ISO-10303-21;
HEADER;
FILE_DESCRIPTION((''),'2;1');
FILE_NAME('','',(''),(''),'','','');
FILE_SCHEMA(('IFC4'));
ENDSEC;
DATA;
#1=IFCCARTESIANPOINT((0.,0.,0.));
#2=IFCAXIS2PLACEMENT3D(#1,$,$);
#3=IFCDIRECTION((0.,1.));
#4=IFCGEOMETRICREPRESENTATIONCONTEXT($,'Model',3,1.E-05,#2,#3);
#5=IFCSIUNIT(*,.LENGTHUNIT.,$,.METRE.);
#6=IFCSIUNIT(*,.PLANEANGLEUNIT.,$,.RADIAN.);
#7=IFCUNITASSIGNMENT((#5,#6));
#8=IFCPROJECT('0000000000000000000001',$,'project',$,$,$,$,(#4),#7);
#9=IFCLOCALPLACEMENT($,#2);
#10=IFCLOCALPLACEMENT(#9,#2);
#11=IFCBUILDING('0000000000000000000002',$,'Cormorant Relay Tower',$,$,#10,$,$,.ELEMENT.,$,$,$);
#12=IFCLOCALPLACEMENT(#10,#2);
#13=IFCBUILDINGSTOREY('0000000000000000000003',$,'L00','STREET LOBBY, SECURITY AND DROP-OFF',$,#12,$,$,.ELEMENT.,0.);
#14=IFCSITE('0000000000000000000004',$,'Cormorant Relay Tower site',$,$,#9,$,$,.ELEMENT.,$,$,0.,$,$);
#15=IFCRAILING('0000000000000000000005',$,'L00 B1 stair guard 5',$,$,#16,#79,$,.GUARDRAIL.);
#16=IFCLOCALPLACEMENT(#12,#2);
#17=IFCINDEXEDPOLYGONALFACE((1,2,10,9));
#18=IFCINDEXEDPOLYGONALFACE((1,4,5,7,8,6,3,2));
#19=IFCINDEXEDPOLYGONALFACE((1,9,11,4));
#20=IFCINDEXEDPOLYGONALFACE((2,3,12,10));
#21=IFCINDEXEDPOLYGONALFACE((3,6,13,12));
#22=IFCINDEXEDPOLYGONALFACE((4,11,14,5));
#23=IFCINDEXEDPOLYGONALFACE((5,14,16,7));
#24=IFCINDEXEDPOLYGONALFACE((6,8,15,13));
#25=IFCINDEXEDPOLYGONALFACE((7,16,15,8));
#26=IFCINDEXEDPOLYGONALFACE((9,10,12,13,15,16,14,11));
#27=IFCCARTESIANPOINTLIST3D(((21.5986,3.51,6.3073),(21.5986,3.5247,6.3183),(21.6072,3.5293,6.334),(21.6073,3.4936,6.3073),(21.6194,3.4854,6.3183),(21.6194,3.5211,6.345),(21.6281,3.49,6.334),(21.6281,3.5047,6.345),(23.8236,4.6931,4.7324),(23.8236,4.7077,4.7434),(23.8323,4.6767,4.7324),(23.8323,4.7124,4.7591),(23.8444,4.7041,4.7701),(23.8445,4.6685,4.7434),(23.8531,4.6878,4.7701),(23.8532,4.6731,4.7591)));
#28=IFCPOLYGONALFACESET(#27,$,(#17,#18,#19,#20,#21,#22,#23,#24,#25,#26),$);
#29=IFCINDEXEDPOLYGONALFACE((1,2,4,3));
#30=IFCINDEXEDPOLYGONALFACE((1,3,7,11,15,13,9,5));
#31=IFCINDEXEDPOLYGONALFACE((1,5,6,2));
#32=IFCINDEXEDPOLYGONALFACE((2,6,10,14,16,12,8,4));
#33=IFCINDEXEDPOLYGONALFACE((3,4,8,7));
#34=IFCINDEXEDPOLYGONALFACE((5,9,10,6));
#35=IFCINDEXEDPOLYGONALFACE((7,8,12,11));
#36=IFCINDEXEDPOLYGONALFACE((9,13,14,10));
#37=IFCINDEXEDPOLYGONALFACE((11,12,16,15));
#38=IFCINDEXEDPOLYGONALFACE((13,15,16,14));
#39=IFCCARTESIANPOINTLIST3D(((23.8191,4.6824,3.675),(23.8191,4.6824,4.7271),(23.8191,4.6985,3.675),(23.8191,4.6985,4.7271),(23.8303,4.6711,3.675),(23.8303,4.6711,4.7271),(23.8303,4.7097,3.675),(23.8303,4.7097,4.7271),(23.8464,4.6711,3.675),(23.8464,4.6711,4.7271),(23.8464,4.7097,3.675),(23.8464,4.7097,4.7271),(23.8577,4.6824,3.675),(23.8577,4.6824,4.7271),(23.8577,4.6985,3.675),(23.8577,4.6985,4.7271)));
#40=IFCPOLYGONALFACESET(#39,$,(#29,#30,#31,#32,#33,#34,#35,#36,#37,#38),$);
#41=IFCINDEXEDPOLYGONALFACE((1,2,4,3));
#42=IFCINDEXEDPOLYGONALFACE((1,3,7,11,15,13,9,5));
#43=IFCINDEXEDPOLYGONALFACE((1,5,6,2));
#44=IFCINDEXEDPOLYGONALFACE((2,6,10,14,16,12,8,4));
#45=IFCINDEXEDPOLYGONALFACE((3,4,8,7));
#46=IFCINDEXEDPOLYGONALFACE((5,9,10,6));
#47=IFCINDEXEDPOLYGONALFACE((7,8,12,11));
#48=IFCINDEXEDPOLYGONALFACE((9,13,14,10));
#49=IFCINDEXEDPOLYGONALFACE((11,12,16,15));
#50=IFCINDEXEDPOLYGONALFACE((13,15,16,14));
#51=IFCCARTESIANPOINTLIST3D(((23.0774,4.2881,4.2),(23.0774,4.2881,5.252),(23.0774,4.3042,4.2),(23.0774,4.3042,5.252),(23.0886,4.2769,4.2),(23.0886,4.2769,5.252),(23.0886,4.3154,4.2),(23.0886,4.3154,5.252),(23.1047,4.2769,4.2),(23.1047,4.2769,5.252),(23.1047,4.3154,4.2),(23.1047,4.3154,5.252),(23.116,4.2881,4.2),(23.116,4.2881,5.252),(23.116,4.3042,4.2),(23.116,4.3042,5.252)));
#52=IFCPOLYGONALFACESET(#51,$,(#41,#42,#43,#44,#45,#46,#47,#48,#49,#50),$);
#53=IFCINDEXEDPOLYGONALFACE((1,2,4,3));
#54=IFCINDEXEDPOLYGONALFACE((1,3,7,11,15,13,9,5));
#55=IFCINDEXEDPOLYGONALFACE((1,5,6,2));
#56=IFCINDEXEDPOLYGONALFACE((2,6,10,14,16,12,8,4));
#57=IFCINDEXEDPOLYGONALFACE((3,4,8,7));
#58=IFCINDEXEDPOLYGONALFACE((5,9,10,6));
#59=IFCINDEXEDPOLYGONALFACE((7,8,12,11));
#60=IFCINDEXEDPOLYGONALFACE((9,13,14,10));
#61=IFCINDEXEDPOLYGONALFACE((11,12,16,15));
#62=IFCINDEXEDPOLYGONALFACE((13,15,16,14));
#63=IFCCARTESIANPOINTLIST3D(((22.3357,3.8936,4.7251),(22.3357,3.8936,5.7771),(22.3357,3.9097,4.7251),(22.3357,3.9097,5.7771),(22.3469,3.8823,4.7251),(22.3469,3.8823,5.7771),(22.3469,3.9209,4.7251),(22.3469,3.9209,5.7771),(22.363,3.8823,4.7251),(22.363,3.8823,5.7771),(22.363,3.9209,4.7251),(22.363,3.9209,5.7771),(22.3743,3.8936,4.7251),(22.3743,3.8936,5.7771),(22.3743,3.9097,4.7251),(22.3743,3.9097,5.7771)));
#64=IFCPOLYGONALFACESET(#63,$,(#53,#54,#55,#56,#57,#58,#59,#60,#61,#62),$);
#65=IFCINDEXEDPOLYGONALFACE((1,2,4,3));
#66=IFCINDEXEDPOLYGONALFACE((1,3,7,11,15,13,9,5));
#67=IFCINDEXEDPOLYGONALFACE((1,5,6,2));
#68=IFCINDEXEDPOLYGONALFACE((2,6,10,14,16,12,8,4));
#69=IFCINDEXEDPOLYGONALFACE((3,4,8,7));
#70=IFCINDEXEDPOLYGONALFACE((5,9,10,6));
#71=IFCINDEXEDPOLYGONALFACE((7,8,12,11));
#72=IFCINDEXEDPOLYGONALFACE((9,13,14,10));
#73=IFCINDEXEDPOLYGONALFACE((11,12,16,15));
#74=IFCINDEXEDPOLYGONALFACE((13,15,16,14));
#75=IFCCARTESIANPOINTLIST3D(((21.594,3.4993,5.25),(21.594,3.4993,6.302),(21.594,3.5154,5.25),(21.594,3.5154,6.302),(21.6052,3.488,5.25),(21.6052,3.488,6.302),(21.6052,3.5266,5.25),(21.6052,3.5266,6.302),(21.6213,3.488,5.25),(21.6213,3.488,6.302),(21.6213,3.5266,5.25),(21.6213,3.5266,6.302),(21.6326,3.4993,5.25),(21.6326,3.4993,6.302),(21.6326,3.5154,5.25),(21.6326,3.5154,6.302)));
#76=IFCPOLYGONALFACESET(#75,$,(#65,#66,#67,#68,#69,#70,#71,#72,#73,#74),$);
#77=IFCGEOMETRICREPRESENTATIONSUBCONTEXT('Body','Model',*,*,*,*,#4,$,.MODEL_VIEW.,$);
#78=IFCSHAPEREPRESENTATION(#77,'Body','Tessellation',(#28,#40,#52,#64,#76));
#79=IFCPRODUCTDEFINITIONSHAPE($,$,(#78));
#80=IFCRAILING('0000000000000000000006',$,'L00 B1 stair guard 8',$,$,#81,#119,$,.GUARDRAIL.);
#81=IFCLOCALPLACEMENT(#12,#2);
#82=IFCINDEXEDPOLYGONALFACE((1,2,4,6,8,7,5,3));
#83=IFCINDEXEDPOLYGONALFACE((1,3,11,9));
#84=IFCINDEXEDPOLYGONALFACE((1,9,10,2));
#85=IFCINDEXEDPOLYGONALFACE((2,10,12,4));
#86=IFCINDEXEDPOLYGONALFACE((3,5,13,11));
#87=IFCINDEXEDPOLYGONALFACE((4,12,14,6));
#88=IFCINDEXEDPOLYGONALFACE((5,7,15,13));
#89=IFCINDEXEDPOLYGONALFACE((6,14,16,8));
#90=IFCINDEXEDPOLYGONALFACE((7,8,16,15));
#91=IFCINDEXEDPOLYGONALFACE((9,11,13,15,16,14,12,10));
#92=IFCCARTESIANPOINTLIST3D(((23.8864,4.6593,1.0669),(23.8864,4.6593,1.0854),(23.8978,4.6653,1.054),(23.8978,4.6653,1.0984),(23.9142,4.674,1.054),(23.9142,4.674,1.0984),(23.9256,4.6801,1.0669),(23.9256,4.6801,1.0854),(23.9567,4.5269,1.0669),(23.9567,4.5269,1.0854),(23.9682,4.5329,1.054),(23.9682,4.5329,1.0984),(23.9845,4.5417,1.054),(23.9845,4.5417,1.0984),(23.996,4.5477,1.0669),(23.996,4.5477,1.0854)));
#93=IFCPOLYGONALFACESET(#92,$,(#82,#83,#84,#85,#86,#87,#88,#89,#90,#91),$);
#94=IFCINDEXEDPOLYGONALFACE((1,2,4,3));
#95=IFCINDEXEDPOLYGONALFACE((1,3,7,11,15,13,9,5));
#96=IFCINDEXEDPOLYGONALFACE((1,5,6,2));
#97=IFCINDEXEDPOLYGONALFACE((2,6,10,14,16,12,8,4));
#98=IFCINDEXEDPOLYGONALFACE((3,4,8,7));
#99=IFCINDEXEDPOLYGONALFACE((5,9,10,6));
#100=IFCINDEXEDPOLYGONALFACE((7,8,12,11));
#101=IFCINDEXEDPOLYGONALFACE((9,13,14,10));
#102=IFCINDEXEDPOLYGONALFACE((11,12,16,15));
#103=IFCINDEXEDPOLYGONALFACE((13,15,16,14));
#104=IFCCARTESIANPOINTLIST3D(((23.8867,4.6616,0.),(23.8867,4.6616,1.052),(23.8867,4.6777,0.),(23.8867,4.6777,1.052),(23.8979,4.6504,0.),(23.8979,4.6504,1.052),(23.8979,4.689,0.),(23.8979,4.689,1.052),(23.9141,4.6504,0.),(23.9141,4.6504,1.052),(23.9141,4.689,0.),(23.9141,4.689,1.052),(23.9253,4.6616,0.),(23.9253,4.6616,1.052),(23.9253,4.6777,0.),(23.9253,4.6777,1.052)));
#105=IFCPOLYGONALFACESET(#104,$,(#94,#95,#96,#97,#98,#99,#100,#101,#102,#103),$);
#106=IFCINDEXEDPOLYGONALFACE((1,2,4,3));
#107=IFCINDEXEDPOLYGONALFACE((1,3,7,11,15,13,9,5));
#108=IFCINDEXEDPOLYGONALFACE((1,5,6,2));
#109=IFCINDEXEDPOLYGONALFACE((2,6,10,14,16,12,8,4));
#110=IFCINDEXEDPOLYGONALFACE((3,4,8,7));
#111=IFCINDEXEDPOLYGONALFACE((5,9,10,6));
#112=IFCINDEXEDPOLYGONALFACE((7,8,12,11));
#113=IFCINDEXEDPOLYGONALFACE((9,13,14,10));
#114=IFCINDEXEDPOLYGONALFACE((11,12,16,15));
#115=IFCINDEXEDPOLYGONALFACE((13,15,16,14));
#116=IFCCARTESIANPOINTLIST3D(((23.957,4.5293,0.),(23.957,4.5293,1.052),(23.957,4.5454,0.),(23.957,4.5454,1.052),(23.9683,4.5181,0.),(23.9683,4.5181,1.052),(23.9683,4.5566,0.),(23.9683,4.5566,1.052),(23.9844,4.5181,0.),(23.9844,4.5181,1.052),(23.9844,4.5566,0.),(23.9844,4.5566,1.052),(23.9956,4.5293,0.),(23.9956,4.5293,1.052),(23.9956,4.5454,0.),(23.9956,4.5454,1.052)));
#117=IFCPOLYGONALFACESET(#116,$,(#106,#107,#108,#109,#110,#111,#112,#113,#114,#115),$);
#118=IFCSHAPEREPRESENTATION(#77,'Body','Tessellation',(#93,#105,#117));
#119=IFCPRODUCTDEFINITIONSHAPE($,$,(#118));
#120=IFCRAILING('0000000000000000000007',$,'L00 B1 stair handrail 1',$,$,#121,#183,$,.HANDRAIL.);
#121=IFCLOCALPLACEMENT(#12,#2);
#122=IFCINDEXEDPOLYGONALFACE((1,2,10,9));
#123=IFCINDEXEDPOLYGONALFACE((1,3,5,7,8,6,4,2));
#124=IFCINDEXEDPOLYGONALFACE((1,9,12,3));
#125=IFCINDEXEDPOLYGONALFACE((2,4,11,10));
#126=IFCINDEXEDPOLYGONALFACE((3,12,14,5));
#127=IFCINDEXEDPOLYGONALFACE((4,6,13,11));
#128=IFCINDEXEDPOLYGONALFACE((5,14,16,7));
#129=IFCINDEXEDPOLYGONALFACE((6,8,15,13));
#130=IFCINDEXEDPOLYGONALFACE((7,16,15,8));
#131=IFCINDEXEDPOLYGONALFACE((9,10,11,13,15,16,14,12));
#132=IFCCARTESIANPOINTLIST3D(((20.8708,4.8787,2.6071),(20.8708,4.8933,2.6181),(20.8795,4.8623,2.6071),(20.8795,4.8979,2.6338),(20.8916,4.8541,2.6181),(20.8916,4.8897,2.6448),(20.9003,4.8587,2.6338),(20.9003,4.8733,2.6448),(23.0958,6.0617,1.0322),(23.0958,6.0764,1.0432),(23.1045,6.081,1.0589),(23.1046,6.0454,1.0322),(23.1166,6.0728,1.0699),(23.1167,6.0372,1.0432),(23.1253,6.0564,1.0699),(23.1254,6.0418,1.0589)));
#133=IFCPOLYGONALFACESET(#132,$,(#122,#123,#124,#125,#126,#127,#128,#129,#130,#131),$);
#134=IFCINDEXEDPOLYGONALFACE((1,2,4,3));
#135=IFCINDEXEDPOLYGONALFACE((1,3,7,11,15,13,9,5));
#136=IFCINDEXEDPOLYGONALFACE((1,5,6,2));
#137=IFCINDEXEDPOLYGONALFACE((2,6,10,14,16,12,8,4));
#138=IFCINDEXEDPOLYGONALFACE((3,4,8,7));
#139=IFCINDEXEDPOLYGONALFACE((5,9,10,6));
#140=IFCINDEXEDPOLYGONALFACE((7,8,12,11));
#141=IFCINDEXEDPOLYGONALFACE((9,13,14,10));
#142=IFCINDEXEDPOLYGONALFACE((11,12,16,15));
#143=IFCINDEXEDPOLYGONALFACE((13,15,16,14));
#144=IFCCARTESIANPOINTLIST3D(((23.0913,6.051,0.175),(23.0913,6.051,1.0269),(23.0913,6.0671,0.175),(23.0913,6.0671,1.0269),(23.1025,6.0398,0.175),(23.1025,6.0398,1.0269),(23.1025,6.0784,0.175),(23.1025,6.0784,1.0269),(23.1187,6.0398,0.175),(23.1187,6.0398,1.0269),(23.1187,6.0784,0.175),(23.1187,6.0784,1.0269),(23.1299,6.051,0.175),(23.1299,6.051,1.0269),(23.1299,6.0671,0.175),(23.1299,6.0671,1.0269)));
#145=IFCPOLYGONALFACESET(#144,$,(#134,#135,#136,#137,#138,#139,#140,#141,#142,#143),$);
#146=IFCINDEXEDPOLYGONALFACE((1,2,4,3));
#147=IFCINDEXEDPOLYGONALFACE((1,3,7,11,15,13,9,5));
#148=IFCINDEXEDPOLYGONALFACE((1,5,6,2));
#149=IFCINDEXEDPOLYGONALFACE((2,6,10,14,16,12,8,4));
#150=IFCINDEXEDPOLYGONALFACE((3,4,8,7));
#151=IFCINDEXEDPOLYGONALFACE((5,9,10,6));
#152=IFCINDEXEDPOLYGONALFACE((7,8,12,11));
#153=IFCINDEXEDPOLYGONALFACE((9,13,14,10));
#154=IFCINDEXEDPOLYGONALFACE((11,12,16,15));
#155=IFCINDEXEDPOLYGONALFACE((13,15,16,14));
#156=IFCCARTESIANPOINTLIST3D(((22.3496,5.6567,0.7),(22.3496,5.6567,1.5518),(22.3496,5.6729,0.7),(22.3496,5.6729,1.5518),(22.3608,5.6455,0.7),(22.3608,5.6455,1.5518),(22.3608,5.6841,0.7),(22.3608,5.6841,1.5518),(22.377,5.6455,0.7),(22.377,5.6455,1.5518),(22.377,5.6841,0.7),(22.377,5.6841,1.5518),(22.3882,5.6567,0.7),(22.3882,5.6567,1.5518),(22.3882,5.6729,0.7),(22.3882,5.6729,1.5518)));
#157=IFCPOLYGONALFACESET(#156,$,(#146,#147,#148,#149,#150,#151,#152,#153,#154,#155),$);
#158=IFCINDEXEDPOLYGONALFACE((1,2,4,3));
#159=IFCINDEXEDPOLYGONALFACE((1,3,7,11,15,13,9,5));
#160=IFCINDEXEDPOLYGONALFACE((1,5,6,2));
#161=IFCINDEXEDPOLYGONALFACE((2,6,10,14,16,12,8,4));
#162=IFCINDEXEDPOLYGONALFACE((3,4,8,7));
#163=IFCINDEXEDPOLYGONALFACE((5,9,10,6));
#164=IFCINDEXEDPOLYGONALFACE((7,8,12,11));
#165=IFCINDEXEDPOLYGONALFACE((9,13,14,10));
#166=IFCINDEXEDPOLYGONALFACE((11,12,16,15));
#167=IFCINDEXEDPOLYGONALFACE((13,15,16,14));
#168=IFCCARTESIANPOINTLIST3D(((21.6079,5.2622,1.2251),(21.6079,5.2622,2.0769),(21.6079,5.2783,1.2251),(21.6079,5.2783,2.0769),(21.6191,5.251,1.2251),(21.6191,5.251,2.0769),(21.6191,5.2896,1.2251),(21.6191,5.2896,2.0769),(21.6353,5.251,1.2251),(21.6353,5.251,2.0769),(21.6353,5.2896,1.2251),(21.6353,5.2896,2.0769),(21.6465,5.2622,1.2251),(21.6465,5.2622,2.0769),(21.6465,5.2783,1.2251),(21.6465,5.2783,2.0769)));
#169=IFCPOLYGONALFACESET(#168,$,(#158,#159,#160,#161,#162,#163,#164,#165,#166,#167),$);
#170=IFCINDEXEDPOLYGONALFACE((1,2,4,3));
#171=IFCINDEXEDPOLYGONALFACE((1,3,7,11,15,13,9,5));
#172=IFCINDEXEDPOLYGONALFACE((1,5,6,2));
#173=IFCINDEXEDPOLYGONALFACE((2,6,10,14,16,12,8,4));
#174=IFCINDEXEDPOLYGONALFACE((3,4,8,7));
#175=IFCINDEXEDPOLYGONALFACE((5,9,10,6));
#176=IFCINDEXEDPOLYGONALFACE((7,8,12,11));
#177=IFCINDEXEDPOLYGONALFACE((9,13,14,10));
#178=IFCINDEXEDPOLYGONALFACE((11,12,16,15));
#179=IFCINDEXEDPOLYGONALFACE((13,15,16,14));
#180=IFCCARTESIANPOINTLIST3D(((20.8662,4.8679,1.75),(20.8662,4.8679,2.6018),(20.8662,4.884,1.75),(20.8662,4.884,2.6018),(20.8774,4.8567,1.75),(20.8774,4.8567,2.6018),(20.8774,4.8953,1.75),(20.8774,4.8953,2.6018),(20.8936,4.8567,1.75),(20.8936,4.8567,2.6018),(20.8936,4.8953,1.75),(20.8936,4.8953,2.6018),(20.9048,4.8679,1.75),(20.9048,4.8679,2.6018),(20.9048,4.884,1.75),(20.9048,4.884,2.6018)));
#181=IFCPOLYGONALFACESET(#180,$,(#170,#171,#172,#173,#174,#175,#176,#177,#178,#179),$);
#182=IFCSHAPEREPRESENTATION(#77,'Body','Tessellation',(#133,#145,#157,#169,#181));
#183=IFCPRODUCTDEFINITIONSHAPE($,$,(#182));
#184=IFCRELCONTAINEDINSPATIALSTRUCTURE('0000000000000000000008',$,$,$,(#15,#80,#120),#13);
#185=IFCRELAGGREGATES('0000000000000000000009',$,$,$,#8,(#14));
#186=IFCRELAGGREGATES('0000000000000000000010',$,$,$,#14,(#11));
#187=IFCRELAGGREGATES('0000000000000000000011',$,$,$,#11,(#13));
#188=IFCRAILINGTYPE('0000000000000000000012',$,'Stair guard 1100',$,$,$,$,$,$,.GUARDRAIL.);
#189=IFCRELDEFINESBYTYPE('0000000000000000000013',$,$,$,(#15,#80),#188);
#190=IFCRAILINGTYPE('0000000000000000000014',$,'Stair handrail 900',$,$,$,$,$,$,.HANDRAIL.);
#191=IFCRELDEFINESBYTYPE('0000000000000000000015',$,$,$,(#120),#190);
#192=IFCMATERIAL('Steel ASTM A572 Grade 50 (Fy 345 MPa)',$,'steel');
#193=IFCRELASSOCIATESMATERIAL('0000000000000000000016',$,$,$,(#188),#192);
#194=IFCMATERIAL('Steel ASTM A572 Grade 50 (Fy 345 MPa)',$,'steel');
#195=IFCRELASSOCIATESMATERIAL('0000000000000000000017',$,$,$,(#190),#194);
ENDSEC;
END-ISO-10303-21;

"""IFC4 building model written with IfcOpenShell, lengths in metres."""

from ifc_helpers import new_model, si_unit, direction, frame, origin, place, context, subcontext, project, spatial, polyline, outline, extrude, material, type_object, element, save


model = new_model("IFC4")

# Units and contexts
model_context = context("Model", 3, precision=1e-05, world=origin(), true_north=direction((0.0, 1.0)))
body_context = subcontext(model_context, "Body", "Model", "MODEL_VIEW")
ifc_project = project(units=[si_unit("LENGTHUNIT", "METRE"), si_unit("PLANEANGLEUNIT", "RADIAN")], contexts=[model_context])

# Site, building, storey
site_placement = place(None, origin())
site = spatial("IfcSite", under=ifc_project, at=site_placement, Name="Cormorant Relay Tower site", CompositionType="ELEMENT", RefElevation=0.0)
building_placement = place(site_placement, origin())
building = spatial("IfcBuilding", under=site, at=building_placement, Name="Cormorant Relay Tower", CompositionType="ELEMENT")
storey_placement = place(building_placement, origin())
storey = spatial("IfcBuildingStorey", under=building, at=storey_placement, Name="L00", Description="STREET LOBBY, SECURITY AND DROP-OFF", CompositionType="ELEMENT", Elevation=0.0)

# Railings
ifc_material_1 = material(Name="Steel ASTM A572 Grade 50 (Fy 345 MPa)", Category="steel")
railing_type_1 = type_object("IfcRailingType", Name="Stair guard 1100", PredefinedType="GUARDRAIL", material=ifc_material_1)
railing_1_placement = place(storey_placement, frame((23.8384, 4.6904, 3.675)))
element("IfcRailing", 1, at=railing_1_placement, inside=storey, type_object=railing_type_1, Name="L00 B1 stair guard 5", PredefinedType="GUARDRAIL", context=body_context, shape_type="SweptSolid", body=[
    extrude(outline(polyline([(0.0222, 0.0093), (0.0093, 0.0222), (-0.0093, 0.0222), (-0.0222, 0.0093), (-0.0222, -0.0093), (-0.0093, -0.0222), (0.0093, -0.0222), (0.0222, -0.0093), (0.0222, 0.0093)])), frame((0.0, 0.0, 1.0762), z_axis=(-0.748751, -0.398118, 0.529975), x_axis=(0.469472, -0.882948, 0.0)), (0.0, 0.0, 1.0), 2.9717),
    extrude(outline(polyline([(0.0193, 0.0081), (0.0081, 0.0193), (-0.0081, 0.0193), (-0.0193, 0.0081), (-0.0193, -0.0081), (-0.0081, -0.0193), (0.0081, -0.0193), (0.0193, -0.0081), (0.0193, 0.0081)])), origin(), (0.0, 0.0, 1.0), 1.052),
    extrude(outline(polyline([(0.0193, 0.0081), (0.0081, 0.0193), (-0.0081, 0.0193), (-0.0193, 0.0081), (-0.0193, -0.0081), (-0.0081, -0.0193), (0.0081, -0.0193), (0.0193, -0.0081), (0.0193, 0.0081)])), frame((-0.7417, -0.3943, 0.5249)), (0.0, 0.0, 1.0), 1.052),
    extrude(outline(polyline([(0.0193, 0.0081), (0.0081, 0.0193), (-0.0081, 0.0193), (-0.0193, 0.0081), (-0.0193, -0.0081), (-0.0081, -0.0193), (0.0081, -0.0193), (0.0193, -0.0081), (0.0193, 0.0081)])), frame((-1.4834, -0.7888, 1.05)), (0.0, 0.0, 1.0), 1.052),
    extrude(outline(polyline([(0.0193, 0.0081), (0.0081, 0.0193), (-0.0081, 0.0193), (-0.0193, 0.0081), (-0.0193, -0.0081), (-0.0081, -0.0193), (0.0081, -0.0193), (0.0193, -0.0081), (0.0193, 0.0081)])), frame((-2.2251, -1.1831, 1.575)), (0.0, 0.0, 1.0), 1.052),
])
railing_2_placement = place(storey_placement, frame((23.906, 4.6697, 0.0)))
element("IfcRailing", 2, at=railing_2_placement, inside=storey, type_object=railing_type_1, Name="L00 B1 stair guard 8", PredefinedType="GUARDRAIL", context=body_context, shape_type="SweptSolid", body=[
    extrude(outline(polyline([(0.0222, 0.0093), (0.0093, 0.0222), (-0.0093, 0.0222), (-0.0222, 0.0093), (-0.0222, -0.0093), (-0.0093, -0.0222), (0.0093, -0.0222), (0.0222, -0.0093), (0.0222, 0.0093)])), frame((0.0, 0.0, 1.0762), z_axis=(0.469235, -0.883074, 0.0), x_axis=(0.883074, 0.469235, 0.0)), (0.0, 0.0, 1.0), 0.1499),
    extrude(outline(polyline([(0.0193, 0.0081), (0.0081, 0.0193), (-0.0081, 0.0193), (-0.0193, 0.0081), (-0.0193, -0.0081), (-0.0081, -0.0193), (0.0081, -0.0193), (0.0193, -0.0081), (0.0193, 0.0081)])), origin(), (0.0, 0.0, 1.0), 1.052),
    extrude(outline(polyline([(0.0193, 0.0081), (0.0081, 0.0193), (-0.0081, 0.0193), (-0.0193, 0.0081), (-0.0193, -0.0081), (-0.0081, -0.0193), (0.0081, -0.0193), (0.0193, -0.0081), (0.0193, 0.0081)])), frame((0.0703, -0.1323, 0.0)), (0.0, 0.0, 1.0), 1.052),
])
ifc_material_2 = material(Name="Steel ASTM A572 Grade 50 (Fy 345 MPa)", Category="steel")
railing_type_2 = type_object("IfcRailingType", Name="Stair handrail 900", PredefinedType="HANDRAIL", material=ifc_material_2)
railing_3_placement = place(storey_placement, frame((23.1106, 6.0591, 0.175)))
element("IfcRailing", 3, at=railing_3_placement, inside=storey, type_object=railing_type_2, Name="L00 B1 stair handrail 1", PredefinedType="HANDRAIL", context=body_context, shape_type="SweptSolid", body=[
    extrude(outline(polyline([(0.0222, 0.0093), (0.0093, 0.0222), (-0.0093, 0.0222), (-0.0222, 0.0093), (-0.0222, -0.0093), (-0.0093, -0.0222), (0.0093, -0.0222), (0.0222, -0.0093), (0.0222, 0.0093)])), frame((0.0, 0.0, 0.876), z_axis=(-0.748751, -0.398118, 0.529975), x_axis=(0.469472, -0.882948, 0.0)), (0.0, 0.0, 1.0), 2.9717),
    extrude(outline(polyline([(0.0193, 0.0081), (0.0081, 0.0193), (-0.0081, 0.0193), (-0.0193, 0.0081), (-0.0193, -0.0081), (-0.0081, -0.0193), (0.0081, -0.0193), (0.0193, -0.0081), (0.0193, 0.0081)])), origin(), (0.0, 0.0, 1.0), 0.8518),
    extrude(outline(polyline([(0.0193, 0.0081), (0.0081, 0.0193), (-0.0081, 0.0193), (-0.0193, 0.0081), (-0.0193, -0.0081), (-0.0081, -0.0193), (0.0081, -0.0193), (0.0193, -0.0081), (0.0193, 0.0081)])), frame((-0.7417, -0.3943, 0.5249)), (0.0, 0.0, 1.0), 0.8518),
    extrude(outline(polyline([(0.0193, 0.0081), (0.0081, 0.0193), (-0.0081, 0.0193), (-0.0193, 0.0081), (-0.0193, -0.0081), (-0.0081, -0.0193), (0.0081, -0.0193), (0.0193, -0.0081), (0.0193, 0.0081)])), frame((-1.4834, -0.7888, 1.05)), (0.0, 0.0, 1.0), 0.8518),
    extrude(outline(polyline([(0.0193, 0.0081), (0.0081, 0.0193), (-0.0081, 0.0193), (-0.0193, 0.0081), (-0.0193, -0.0081), (-0.0081, -0.0193), (0.0081, -0.0193), (0.0193, -0.0081), (0.0193, 0.0081)])), frame((-2.2251, -1.1831, 1.575)), (0.0, 0.0, 1.0), 0.8518),
])

save(model, "model.ifc")
